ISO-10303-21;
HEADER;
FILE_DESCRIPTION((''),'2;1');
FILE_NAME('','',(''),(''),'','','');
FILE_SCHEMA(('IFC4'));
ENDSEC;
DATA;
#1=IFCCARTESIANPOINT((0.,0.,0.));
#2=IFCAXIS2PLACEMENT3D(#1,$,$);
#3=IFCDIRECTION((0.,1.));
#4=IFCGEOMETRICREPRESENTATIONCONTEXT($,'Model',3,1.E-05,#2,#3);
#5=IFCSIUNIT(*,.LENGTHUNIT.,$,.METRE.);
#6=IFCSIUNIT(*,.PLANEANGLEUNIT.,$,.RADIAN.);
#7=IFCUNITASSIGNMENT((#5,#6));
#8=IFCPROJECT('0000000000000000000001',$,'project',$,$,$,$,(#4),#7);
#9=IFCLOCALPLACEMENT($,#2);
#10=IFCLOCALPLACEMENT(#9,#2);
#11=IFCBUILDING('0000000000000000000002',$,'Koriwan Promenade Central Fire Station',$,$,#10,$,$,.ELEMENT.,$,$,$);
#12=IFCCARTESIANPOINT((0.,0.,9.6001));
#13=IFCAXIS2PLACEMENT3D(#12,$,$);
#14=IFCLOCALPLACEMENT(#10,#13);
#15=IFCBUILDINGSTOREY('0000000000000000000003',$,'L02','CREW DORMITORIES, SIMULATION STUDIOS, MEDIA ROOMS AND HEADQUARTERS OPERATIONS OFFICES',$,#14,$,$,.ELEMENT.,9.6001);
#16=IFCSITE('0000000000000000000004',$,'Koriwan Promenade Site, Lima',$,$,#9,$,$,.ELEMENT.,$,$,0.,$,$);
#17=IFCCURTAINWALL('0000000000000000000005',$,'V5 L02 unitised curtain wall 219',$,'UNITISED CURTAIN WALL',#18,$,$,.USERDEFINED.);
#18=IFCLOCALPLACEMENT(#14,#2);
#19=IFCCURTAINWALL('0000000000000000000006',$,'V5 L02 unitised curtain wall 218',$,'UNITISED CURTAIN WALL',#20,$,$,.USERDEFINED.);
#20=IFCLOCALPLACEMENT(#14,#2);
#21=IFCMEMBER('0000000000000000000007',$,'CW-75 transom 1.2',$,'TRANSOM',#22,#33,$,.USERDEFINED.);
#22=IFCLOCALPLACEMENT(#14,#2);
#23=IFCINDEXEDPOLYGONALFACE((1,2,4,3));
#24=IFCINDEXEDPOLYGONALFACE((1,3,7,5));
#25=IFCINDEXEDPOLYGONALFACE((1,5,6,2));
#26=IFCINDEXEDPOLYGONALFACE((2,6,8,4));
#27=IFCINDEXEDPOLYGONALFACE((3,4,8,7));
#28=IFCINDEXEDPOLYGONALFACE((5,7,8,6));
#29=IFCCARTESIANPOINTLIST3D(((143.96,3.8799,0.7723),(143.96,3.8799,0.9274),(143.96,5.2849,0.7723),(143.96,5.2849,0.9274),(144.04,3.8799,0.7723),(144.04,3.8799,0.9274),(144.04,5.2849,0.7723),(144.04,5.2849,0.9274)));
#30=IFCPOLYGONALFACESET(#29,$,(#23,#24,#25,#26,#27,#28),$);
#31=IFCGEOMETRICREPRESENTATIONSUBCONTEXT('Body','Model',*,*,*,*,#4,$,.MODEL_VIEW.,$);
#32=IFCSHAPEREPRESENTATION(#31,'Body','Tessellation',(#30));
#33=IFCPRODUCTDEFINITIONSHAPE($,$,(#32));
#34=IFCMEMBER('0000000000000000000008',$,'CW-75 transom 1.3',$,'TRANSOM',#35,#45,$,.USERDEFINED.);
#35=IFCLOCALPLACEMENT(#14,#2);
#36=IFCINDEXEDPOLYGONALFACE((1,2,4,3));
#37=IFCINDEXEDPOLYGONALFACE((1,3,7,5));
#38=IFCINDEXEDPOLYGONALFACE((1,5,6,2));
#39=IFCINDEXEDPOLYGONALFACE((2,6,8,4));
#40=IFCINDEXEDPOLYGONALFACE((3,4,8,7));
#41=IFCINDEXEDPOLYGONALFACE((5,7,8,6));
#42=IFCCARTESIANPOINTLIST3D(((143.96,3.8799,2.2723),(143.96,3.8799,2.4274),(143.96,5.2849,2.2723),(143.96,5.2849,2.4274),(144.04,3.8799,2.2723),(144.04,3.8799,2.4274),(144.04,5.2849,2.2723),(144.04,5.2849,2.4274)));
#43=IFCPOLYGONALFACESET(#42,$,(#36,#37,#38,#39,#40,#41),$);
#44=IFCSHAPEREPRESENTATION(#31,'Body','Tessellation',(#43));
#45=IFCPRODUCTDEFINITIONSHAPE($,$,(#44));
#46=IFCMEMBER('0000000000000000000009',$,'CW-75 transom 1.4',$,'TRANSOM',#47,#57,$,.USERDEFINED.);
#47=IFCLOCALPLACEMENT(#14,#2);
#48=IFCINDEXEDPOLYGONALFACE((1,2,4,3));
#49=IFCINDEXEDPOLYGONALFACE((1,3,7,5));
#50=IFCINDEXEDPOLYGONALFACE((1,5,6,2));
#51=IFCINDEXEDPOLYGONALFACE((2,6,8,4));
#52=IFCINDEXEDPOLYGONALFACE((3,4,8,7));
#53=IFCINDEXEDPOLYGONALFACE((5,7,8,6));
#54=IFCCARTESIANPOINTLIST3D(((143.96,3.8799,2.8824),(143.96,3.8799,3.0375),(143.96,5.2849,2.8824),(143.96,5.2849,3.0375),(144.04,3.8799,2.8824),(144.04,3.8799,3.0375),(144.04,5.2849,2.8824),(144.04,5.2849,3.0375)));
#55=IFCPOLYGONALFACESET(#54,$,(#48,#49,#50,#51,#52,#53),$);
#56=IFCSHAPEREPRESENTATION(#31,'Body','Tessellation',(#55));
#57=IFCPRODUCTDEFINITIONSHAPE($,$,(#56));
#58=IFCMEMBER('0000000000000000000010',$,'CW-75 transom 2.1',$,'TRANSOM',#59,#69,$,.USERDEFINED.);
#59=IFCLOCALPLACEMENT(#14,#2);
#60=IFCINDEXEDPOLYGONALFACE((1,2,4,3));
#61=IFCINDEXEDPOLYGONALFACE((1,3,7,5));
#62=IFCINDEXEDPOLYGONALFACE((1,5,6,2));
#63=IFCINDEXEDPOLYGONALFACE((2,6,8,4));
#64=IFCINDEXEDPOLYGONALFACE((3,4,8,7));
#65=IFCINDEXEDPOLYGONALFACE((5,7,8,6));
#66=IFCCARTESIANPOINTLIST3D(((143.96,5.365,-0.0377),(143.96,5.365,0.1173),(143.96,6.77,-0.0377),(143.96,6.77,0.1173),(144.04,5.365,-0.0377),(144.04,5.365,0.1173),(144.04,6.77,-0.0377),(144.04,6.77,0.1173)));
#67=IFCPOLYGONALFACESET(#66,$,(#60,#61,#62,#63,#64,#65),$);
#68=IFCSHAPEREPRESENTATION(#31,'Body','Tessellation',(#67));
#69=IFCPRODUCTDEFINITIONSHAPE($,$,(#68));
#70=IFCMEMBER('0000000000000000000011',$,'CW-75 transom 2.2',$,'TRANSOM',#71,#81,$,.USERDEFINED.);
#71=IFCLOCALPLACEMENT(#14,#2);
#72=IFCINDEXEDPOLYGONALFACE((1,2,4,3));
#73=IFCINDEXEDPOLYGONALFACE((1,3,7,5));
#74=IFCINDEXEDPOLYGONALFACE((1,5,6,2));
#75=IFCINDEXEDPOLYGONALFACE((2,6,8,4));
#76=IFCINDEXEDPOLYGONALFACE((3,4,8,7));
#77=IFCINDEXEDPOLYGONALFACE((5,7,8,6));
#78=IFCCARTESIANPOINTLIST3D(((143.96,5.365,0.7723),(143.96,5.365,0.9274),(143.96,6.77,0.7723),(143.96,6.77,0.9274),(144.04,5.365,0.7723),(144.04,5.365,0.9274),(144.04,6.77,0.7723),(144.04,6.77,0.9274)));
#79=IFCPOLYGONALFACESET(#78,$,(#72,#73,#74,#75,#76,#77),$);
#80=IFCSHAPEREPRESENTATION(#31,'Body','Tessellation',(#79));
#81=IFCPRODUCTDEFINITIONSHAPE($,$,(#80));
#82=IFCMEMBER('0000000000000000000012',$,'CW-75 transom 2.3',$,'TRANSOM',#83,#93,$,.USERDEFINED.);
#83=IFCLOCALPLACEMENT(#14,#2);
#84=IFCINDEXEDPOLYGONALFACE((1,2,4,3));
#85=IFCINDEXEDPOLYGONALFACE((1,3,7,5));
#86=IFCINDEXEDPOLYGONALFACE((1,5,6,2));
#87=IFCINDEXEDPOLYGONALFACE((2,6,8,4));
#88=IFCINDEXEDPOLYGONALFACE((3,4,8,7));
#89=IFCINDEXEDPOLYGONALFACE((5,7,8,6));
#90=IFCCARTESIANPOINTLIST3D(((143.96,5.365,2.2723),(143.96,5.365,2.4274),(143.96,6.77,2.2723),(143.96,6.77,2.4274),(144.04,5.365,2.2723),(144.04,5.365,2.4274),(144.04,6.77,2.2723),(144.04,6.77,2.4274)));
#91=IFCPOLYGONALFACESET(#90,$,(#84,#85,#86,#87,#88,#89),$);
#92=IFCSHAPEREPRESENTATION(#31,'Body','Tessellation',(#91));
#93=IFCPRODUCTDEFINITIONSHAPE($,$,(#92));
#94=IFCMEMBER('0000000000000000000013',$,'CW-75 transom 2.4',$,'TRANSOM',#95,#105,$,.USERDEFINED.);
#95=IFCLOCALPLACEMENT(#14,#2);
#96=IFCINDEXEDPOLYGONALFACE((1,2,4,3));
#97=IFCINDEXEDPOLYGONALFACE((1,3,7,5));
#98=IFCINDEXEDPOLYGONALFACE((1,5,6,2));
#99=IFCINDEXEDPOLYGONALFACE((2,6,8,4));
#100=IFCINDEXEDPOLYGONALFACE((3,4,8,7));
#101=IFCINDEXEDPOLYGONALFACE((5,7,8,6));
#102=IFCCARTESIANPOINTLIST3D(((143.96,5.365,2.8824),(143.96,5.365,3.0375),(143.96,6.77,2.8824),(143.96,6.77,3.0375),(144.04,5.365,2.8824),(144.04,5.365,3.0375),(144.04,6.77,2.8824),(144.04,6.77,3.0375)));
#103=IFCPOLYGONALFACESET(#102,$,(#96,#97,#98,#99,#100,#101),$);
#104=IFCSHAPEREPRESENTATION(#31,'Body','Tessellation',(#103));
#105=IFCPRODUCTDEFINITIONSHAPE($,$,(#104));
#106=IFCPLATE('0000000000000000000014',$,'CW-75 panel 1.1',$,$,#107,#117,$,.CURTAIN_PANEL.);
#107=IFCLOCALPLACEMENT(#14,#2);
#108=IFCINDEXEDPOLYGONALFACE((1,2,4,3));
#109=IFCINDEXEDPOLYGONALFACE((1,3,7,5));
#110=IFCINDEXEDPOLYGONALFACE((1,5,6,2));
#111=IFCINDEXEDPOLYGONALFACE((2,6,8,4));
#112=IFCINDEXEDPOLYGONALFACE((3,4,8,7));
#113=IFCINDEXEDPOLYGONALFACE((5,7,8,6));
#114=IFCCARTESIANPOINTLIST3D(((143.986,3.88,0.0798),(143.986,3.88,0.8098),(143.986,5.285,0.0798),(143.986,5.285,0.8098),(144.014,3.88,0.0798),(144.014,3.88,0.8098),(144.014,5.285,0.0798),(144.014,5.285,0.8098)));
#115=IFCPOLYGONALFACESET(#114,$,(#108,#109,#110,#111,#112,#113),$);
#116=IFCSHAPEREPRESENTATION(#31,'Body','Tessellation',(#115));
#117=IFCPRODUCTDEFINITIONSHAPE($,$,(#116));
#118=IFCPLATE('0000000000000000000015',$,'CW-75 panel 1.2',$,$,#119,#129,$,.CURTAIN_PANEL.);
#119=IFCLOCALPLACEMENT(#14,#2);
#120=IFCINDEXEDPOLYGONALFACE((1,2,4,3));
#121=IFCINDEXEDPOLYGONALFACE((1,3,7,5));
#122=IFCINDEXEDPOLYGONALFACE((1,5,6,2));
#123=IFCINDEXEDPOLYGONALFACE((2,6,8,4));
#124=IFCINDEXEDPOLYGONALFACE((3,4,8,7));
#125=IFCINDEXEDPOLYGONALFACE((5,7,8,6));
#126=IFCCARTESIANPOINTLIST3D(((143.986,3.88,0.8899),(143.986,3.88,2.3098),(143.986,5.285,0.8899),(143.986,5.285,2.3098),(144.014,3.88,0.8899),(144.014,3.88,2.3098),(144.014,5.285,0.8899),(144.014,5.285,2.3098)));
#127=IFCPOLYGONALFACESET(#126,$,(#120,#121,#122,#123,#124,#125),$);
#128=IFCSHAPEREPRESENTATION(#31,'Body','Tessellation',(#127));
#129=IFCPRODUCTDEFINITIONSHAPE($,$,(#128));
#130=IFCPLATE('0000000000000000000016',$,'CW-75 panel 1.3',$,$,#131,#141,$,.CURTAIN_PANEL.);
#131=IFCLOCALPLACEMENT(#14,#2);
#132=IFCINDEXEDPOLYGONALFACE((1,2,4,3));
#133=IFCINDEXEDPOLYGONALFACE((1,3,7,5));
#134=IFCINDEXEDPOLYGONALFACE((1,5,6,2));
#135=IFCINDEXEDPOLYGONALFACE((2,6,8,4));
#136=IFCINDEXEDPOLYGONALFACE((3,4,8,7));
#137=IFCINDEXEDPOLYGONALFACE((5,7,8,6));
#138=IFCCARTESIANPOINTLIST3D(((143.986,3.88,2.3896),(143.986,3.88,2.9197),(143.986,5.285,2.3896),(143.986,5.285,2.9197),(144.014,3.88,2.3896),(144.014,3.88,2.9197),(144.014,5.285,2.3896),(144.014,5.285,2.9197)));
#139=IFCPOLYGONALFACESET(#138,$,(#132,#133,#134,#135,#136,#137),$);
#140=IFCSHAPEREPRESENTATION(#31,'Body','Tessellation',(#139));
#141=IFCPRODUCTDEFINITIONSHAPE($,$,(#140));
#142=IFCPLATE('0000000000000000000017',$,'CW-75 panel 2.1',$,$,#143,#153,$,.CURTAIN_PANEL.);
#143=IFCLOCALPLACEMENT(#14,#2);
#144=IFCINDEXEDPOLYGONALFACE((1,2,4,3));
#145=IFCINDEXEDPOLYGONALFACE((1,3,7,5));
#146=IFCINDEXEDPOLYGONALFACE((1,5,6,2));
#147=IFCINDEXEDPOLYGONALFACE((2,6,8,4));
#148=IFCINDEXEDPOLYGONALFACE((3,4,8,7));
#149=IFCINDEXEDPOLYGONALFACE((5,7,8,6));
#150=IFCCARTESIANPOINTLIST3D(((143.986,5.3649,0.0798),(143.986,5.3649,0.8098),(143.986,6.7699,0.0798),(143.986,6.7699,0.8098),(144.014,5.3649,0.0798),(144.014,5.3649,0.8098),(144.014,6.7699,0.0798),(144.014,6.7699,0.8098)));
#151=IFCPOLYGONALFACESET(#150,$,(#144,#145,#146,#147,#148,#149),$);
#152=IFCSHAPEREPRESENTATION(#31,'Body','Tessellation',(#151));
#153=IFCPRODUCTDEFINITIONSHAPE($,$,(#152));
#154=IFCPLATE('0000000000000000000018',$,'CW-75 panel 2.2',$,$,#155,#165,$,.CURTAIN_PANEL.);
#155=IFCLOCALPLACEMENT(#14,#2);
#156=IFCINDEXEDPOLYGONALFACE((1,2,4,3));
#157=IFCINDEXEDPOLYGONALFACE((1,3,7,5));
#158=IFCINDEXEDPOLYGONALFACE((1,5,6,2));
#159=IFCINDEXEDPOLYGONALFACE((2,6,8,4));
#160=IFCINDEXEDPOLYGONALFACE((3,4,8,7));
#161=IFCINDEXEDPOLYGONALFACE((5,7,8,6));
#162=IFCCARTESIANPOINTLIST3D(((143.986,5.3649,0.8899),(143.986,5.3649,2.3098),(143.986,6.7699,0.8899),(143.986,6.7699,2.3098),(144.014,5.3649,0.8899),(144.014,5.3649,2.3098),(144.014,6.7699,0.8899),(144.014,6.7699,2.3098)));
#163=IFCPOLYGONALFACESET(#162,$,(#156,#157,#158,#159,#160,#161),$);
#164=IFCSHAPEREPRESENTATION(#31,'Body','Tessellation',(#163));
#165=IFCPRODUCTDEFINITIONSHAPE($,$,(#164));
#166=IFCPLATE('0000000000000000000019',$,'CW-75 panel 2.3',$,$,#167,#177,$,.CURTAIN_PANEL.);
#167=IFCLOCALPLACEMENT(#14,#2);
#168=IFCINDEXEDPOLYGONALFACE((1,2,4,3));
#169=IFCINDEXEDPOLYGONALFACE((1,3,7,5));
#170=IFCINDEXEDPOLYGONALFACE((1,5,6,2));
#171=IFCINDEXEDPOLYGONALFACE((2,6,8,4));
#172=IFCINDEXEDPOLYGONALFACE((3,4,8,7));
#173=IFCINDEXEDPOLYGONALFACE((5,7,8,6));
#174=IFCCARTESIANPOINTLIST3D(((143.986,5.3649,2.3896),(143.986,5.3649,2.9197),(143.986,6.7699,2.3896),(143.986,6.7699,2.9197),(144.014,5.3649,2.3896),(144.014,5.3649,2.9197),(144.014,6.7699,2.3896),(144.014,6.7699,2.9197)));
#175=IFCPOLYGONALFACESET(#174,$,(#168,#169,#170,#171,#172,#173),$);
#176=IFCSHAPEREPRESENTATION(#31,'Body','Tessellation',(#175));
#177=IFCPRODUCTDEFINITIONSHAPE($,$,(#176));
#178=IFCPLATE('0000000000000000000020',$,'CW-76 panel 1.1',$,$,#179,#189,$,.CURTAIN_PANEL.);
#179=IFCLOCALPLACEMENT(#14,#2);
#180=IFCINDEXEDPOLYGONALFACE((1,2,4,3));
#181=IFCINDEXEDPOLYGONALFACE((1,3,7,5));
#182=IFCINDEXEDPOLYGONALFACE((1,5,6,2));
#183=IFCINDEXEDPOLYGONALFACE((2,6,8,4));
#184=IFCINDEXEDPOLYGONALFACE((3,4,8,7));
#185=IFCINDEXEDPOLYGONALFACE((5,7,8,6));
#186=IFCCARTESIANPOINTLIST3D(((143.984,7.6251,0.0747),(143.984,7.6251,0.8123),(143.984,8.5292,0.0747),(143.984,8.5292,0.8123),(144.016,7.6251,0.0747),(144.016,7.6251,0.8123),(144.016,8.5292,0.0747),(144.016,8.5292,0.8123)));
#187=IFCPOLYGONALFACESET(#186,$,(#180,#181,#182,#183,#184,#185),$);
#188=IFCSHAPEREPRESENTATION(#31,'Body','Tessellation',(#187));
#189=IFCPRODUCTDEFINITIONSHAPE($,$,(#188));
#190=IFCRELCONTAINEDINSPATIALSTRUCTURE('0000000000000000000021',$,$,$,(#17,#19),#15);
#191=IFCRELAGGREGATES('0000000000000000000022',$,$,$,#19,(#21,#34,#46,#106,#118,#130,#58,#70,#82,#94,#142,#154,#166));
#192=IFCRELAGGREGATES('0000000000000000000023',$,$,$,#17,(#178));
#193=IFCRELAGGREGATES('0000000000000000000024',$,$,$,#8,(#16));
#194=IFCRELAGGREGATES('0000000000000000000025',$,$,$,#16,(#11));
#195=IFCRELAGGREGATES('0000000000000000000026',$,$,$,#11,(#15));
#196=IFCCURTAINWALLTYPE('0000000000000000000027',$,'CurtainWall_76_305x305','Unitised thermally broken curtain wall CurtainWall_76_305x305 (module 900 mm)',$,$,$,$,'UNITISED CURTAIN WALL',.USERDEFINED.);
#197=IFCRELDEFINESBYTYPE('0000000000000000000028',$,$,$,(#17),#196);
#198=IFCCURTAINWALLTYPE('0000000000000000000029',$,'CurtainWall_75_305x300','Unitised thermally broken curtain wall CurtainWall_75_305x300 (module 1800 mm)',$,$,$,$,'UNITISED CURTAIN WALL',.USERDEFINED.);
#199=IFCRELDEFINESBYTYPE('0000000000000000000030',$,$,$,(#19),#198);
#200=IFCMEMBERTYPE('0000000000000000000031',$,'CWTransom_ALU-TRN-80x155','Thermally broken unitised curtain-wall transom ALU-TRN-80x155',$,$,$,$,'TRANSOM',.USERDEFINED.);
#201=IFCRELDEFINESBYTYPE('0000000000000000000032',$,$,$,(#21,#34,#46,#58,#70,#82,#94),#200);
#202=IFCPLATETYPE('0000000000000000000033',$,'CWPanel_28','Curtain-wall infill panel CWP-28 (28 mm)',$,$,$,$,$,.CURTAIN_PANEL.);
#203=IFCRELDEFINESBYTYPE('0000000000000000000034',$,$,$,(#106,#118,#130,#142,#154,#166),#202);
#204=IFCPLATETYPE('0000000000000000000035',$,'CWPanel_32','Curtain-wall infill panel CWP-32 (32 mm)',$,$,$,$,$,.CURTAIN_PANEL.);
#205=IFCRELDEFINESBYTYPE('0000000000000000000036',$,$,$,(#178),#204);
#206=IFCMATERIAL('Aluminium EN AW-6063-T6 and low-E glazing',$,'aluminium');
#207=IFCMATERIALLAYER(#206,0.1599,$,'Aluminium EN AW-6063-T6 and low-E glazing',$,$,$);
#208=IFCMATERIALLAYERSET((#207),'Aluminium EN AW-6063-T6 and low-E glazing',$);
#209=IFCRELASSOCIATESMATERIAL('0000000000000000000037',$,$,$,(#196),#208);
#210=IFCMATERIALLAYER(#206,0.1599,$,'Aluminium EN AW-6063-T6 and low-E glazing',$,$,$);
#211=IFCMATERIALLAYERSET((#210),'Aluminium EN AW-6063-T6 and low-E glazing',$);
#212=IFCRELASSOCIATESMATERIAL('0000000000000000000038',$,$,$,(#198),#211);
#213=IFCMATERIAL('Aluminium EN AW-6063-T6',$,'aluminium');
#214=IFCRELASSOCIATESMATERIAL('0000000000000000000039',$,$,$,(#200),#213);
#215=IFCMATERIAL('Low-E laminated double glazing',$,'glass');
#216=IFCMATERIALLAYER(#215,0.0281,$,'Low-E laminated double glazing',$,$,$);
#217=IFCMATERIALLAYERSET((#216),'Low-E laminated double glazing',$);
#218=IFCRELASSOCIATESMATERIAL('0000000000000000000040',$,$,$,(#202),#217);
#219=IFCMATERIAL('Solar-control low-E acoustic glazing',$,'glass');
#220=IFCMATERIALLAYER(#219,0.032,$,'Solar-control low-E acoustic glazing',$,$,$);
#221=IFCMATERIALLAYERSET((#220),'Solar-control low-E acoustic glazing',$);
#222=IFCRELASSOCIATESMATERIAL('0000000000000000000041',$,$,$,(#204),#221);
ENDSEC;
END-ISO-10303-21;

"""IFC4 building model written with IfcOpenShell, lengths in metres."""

from ifc_helpers import new_model, si_unit, direction, frame, origin, origin_2d, place, context, subcontext, project, spatial, rectangle, extrude, material, layer, layer_set, material_profile, profile_set, type_object, element, aggregate, save


model = new_model("IFC4")

# Units and contexts
model_context = context("Model", 3, precision=1e-05, world=origin(), true_north=direction((0.0, 1.0)))
body_context = subcontext(model_context, "Body", "Model", "MODEL_VIEW")
ifc_project = project(units=[si_unit("LENGTHUNIT", "METRE"), si_unit("PLANEANGLEUNIT", "RADIAN")], contexts=[model_context])

# Site, building, storey
site_placement = place(None, origin())
site = spatial("IfcSite", under=ifc_project, at=site_placement, Name="Koriwan Promenade Site, Lima", CompositionType="ELEMENT", RefElevation=0.0)
building_placement = place(site_placement, origin())
building = spatial("IfcBuilding", under=site, at=building_placement, Name="Koriwan Promenade Central Fire Station", CompositionType="ELEMENT")
storey_placement = place(building_placement, frame((0.0, 0.0, 9.6001)))
storey = spatial("IfcBuildingStorey", under=building, at=storey_placement, Name="L02", Description="CREW DORMITORIES, SIMULATION STUDIOS, MEDIA ROOMS AND HEADQUARTERS OPERATIONS OFFICES", CompositionType="ELEMENT", Elevation=9.6001)

# Curtain wall
ifc_material_1 = material(Name="Aluminium EN AW-6063-T6 and low-E glazing", Category="aluminium")
ifc_layer_1 = layer(ifc_material_1, 0.1599, Name="Aluminium EN AW-6063-T6 and low-E glazing")
ifc_layer_set_1 = layer_set([ifc_layer_1], Name="Aluminium EN AW-6063-T6 and low-E glazing")
curtain_wall_type_1 = type_object("IfcCurtainWallType", Name="CurtainWall_76_305x305", Description="Unitised thermally broken curtain wall CurtainWall_76_305x305 (module 900 mm)", ElementType="UNITISED CURTAIN WALL", PredefinedType="USERDEFINED", material=ifc_layer_set_1)
curtain_wall_1_placement = place(storey_placement, origin())
curtain_wall_1 = element("IfcCurtainWall", 1, at=curtain_wall_1_placement, inside=storey, type_object=curtain_wall_type_1, Name="V5 L02 unitised curtain wall 219", ObjectType="UNITISED CURTAIN WALL", PredefinedType="USERDEFINED")
ifc_material_2 = material(Name="Aluminium EN AW-6063-T6", Category="aluminium")

# Curtain wall
ifc_layer_2 = layer(ifc_material_1, 0.1599, Name="Aluminium EN AW-6063-T6 and low-E glazing")
ifc_layer_set_2 = layer_set([ifc_layer_2], Name="Aluminium EN AW-6063-T6 and low-E glazing")
curtain_wall_type_2 = type_object("IfcCurtainWallType", Name="CurtainWall_75_305x300", Description="Unitised thermally broken curtain wall CurtainWall_75_305x300 (module 1800 mm)", ElementType="UNITISED CURTAIN WALL", PredefinedType="USERDEFINED", material=ifc_layer_set_2)
curtain_wall_2_placement = place(storey_placement, origin())
curtain_wall_2 = element("IfcCurtainWall", 2, at=curtain_wall_2_placement, inside=storey, type_object=curtain_wall_type_2, Name="V5 L02 unitised curtain wall 218", ObjectType="UNITISED CURTAIN WALL", PredefinedType="USERDEFINED")

# Members
ifc_material_profile_1 = material_profile(ifc_material_2, rectangle(XDim=0.0801, YDim=0.155, at=origin_2d()), Name="ALU-TRN-80x155")
ifc_profile_set_1 = profile_set([ifc_material_profile_1], Name="Aluminium EN AW-6063-T6")
member_type_1 = type_object("IfcMemberType", Name="CWTransom_ALU-TRN-80x155", Description="Thermally broken unitised curtain-wall transom ALU-TRN-80x155", ElementType="TRANSOM", PredefinedType="USERDEFINED", material=ifc_profile_set_1)
member_1_placement = place(storey_placement, frame((144.0, 3.8799, 0.8499), z_axis=(0.0, 1.0, 0.0), x_axis=(-1.0, 0.0, 0.0)))
member_1 = element("IfcMember", 3, at=member_1_placement, type_object=member_type_1, Name="CW-75 transom 1.2", ObjectType="TRANSOM", PredefinedType="USERDEFINED", context=body_context, shape_type="SweptSolid", body=[
    extrude(rectangle(XDim=0.0801, YDim=0.155, at=origin_2d()), origin(), (0.0, 0.0, 1.0), 1.405),
])
member_2_placement = place(storey_placement, frame((144.0, 3.8799, 2.3499), z_axis=(0.0, 1.0, 0.0), x_axis=(-1.0, 0.0, 0.0)))
member_2 = element("IfcMember", 4, at=member_2_placement, type_object=member_type_1, Name="CW-75 transom 1.3", ObjectType="TRANSOM", PredefinedType="USERDEFINED", context=body_context, shape_type="SweptSolid", body=[
    extrude(rectangle(XDim=0.0801, YDim=0.155, at=origin_2d()), origin(), (0.0, 0.0, 1.0), 1.405),
])
member_3_placement = place(storey_placement, frame((144.0, 3.8799, 2.96), z_axis=(0.0, 1.0, 0.0), x_axis=(-1.0, 0.0, 0.0)))
member_3 = element("IfcMember", 5, at=member_3_placement, type_object=member_type_1, Name="CW-75 transom 1.4", ObjectType="TRANSOM", PredefinedType="USERDEFINED", context=body_context, shape_type="SweptSolid", body=[
    extrude(rectangle(XDim=0.0801, YDim=0.155, at=origin_2d()), origin(), (0.0, 0.0, 1.0), 1.405),
])
member_4_placement = place(storey_placement, frame((144.0, 5.365, 0.0398), z_axis=(0.0, 1.0, 0.0), x_axis=(-1.0, 0.0, 0.0)))
member_4 = element("IfcMember", 6, at=member_4_placement, type_object=member_type_1, Name="CW-75 transom 2.1", ObjectType="TRANSOM", PredefinedType="USERDEFINED", context=body_context, shape_type="SweptSolid", body=[
    extrude(rectangle(XDim=0.0801, YDim=0.155, at=origin_2d()), origin(), (0.0, 0.0, 1.0), 1.405),
])
member_5_placement = place(storey_placement, frame((144.0, 5.365, 0.8499), z_axis=(0.0, 1.0, 0.0), x_axis=(-1.0, 0.0, 0.0)))
member_5 = element("IfcMember", 7, at=member_5_placement, type_object=member_type_1, Name="CW-75 transom 2.2", ObjectType="TRANSOM", PredefinedType="USERDEFINED", context=body_context, shape_type="SweptSolid", body=[
    extrude(rectangle(XDim=0.0801, YDim=0.155, at=origin_2d()), origin(), (0.0, 0.0, 1.0), 1.405),
])
member_6_placement = place(storey_placement, frame((144.0, 5.365, 2.3499), z_axis=(0.0, 1.0, 0.0), x_axis=(-1.0, 0.0, 0.0)))
member_6 = element("IfcMember", 8, at=member_6_placement, type_object=member_type_1, Name="CW-75 transom 2.3", ObjectType="TRANSOM", PredefinedType="USERDEFINED", context=body_context, shape_type="SweptSolid", body=[
    extrude(rectangle(XDim=0.0801, YDim=0.155, at=origin_2d()), origin(), (0.0, 0.0, 1.0), 1.405),
])
member_7_placement = place(storey_placement, frame((144.0, 5.365, 2.96), z_axis=(0.0, 1.0, 0.0), x_axis=(-1.0, 0.0, 0.0)))
member_7 = element("IfcMember", 9, at=member_7_placement, type_object=member_type_1, Name="CW-75 transom 2.4", ObjectType="TRANSOM", PredefinedType="USERDEFINED", context=body_context, shape_type="SweptSolid", body=[
    extrude(rectangle(XDim=0.0801, YDim=0.155, at=origin_2d()), origin(), (0.0, 0.0, 1.0), 1.405),
])

# Plates
ifc_material_3 = material(Name="Low-E laminated double glazing", Category="glass")
ifc_layer_3 = layer(ifc_material_3, 0.0281, Name="Low-E laminated double glazing")
ifc_layer_set_3 = layer_set([ifc_layer_3], Name="Low-E laminated double glazing")
plate_type_1 = type_object("IfcPlateType", Name="CWPanel_28", Description="Curtain-wall infill panel CWP-28 (28 mm)", PredefinedType="CURTAIN_PANEL", material=ifc_layer_set_3)
plate_1_placement = place(storey_placement, frame((144.0, 4.5825, 0.0798), z_axis=(0.0, 0.0, 1.0), x_axis=(0.0, 1.0, 0.0)))
plate_1 = element("IfcPlate", 10, at=plate_1_placement, type_object=plate_type_1, Name="CW-75 panel 1.1", PredefinedType="CURTAIN_PANEL", context=body_context, shape_type="SweptSolid", body=[
    extrude(rectangle(XDim=1.405, YDim=0.0281, at=origin_2d()), origin(), (0.0, 0.0, 1.0), 0.73),
])
plate_2_placement = place(storey_placement, frame((144.0, 4.5825, 0.8899), z_axis=(0.0, 0.0, 1.0), x_axis=(0.0, 1.0, 0.0)))
plate_2 = element("IfcPlate", 11, at=plate_2_placement, type_object=plate_type_1, Name="CW-75 panel 1.2", PredefinedType="CURTAIN_PANEL", context=body_context, shape_type="SweptSolid", body=[
    extrude(rectangle(XDim=1.405, YDim=0.0281, at=origin_2d()), origin(), (0.0, 0.0, 1.0), 1.4199),
])
plate_3_placement = place(storey_placement, frame((144.0, 4.5825, 2.3896), z_axis=(0.0, 0.0, 1.0), x_axis=(0.0, 1.0, 0.0)))
plate_3 = element("IfcPlate", 12, at=plate_3_placement, type_object=plate_type_1, Name="CW-75 panel 1.3", PredefinedType="CURTAIN_PANEL", context=body_context, shape_type="SweptSolid", body=[
    extrude(rectangle(XDim=1.405, YDim=0.0281, at=origin_2d()), origin(), (0.0, 0.0, 1.0), 0.53),
])
plate_4_placement = place(storey_placement, frame((144.0, 6.0674, 0.0798), z_axis=(0.0, 0.0, 1.0), x_axis=(0.0, 1.0, 0.0)))
plate_4 = element("IfcPlate", 13, at=plate_4_placement, type_object=plate_type_1, Name="CW-75 panel 2.1", PredefinedType="CURTAIN_PANEL", context=body_context, shape_type="SweptSolid", body=[
    extrude(rectangle(XDim=1.405, YDim=0.0281, at=origin_2d()), origin(), (0.0, 0.0, 1.0), 0.73),
])
plate_5_placement = place(storey_placement, frame((144.0, 6.0674, 0.8899), z_axis=(0.0, 0.0, 1.0), x_axis=(0.0, 1.0, 0.0)))
plate_5 = element("IfcPlate", 14, at=plate_5_placement, type_object=plate_type_1, Name="CW-75 panel 2.2", PredefinedType="CURTAIN_PANEL", context=body_context, shape_type="SweptSolid", body=[
    extrude(rectangle(XDim=1.405, YDim=0.0281, at=origin_2d()), origin(), (0.0, 0.0, 1.0), 1.4199),
])
plate_6_placement = place(storey_placement, frame((144.0, 6.0674, 2.3896), z_axis=(0.0, 0.0, 1.0), x_axis=(0.0, 1.0, 0.0)))
plate_6 = element("IfcPlate", 15, at=plate_6_placement, type_object=plate_type_1, Name="CW-75 panel 2.3", PredefinedType="CURTAIN_PANEL", context=body_context, shape_type="SweptSolid", body=[
    extrude(rectangle(XDim=1.405, YDim=0.0281, at=origin_2d()), origin(), (0.0, 0.0, 1.0), 0.53),
])
aggregate(curtain_wall_2, [member_1, member_2, member_3, plate_1, plate_2, plate_3, member_4, member_5, member_6, member_7, plate_4, plate_5, plate_6])
ifc_material_4 = material(Name="Solar-control low-E acoustic glazing", Category="glass")
ifc_layer_4 = layer(ifc_material_4, 0.032, Name="Solar-control low-E acoustic glazing")
ifc_layer_set_4 = layer_set([ifc_layer_4], Name="Solar-control low-E acoustic glazing")
plate_type_2 = type_object("IfcPlateType", Name="CWPanel_32", Description="Curtain-wall infill panel CWP-32 (32 mm)", PredefinedType="CURTAIN_PANEL", material=ifc_layer_set_4)
plate_7_placement = place(storey_placement, frame((144.0, 8.0771, 0.0747), z_axis=(0.0, 0.0, 1.0), x_axis=(0.0, 1.0, 0.0)))
plate_7 = element("IfcPlate", 16, at=plate_7_placement, type_object=plate_type_2, Name="CW-76 panel 1.1", PredefinedType="CURTAIN_PANEL", context=body_context, shape_type="SweptSolid", body=[
    extrude(rectangle(XDim=0.9041, YDim=0.032, at=origin_2d()), origin(), (0.0, 0.0, 1.0), 0.7375),
])
aggregate(curtain_wall_1, [plate_7])

save(model, "model.ifc")
